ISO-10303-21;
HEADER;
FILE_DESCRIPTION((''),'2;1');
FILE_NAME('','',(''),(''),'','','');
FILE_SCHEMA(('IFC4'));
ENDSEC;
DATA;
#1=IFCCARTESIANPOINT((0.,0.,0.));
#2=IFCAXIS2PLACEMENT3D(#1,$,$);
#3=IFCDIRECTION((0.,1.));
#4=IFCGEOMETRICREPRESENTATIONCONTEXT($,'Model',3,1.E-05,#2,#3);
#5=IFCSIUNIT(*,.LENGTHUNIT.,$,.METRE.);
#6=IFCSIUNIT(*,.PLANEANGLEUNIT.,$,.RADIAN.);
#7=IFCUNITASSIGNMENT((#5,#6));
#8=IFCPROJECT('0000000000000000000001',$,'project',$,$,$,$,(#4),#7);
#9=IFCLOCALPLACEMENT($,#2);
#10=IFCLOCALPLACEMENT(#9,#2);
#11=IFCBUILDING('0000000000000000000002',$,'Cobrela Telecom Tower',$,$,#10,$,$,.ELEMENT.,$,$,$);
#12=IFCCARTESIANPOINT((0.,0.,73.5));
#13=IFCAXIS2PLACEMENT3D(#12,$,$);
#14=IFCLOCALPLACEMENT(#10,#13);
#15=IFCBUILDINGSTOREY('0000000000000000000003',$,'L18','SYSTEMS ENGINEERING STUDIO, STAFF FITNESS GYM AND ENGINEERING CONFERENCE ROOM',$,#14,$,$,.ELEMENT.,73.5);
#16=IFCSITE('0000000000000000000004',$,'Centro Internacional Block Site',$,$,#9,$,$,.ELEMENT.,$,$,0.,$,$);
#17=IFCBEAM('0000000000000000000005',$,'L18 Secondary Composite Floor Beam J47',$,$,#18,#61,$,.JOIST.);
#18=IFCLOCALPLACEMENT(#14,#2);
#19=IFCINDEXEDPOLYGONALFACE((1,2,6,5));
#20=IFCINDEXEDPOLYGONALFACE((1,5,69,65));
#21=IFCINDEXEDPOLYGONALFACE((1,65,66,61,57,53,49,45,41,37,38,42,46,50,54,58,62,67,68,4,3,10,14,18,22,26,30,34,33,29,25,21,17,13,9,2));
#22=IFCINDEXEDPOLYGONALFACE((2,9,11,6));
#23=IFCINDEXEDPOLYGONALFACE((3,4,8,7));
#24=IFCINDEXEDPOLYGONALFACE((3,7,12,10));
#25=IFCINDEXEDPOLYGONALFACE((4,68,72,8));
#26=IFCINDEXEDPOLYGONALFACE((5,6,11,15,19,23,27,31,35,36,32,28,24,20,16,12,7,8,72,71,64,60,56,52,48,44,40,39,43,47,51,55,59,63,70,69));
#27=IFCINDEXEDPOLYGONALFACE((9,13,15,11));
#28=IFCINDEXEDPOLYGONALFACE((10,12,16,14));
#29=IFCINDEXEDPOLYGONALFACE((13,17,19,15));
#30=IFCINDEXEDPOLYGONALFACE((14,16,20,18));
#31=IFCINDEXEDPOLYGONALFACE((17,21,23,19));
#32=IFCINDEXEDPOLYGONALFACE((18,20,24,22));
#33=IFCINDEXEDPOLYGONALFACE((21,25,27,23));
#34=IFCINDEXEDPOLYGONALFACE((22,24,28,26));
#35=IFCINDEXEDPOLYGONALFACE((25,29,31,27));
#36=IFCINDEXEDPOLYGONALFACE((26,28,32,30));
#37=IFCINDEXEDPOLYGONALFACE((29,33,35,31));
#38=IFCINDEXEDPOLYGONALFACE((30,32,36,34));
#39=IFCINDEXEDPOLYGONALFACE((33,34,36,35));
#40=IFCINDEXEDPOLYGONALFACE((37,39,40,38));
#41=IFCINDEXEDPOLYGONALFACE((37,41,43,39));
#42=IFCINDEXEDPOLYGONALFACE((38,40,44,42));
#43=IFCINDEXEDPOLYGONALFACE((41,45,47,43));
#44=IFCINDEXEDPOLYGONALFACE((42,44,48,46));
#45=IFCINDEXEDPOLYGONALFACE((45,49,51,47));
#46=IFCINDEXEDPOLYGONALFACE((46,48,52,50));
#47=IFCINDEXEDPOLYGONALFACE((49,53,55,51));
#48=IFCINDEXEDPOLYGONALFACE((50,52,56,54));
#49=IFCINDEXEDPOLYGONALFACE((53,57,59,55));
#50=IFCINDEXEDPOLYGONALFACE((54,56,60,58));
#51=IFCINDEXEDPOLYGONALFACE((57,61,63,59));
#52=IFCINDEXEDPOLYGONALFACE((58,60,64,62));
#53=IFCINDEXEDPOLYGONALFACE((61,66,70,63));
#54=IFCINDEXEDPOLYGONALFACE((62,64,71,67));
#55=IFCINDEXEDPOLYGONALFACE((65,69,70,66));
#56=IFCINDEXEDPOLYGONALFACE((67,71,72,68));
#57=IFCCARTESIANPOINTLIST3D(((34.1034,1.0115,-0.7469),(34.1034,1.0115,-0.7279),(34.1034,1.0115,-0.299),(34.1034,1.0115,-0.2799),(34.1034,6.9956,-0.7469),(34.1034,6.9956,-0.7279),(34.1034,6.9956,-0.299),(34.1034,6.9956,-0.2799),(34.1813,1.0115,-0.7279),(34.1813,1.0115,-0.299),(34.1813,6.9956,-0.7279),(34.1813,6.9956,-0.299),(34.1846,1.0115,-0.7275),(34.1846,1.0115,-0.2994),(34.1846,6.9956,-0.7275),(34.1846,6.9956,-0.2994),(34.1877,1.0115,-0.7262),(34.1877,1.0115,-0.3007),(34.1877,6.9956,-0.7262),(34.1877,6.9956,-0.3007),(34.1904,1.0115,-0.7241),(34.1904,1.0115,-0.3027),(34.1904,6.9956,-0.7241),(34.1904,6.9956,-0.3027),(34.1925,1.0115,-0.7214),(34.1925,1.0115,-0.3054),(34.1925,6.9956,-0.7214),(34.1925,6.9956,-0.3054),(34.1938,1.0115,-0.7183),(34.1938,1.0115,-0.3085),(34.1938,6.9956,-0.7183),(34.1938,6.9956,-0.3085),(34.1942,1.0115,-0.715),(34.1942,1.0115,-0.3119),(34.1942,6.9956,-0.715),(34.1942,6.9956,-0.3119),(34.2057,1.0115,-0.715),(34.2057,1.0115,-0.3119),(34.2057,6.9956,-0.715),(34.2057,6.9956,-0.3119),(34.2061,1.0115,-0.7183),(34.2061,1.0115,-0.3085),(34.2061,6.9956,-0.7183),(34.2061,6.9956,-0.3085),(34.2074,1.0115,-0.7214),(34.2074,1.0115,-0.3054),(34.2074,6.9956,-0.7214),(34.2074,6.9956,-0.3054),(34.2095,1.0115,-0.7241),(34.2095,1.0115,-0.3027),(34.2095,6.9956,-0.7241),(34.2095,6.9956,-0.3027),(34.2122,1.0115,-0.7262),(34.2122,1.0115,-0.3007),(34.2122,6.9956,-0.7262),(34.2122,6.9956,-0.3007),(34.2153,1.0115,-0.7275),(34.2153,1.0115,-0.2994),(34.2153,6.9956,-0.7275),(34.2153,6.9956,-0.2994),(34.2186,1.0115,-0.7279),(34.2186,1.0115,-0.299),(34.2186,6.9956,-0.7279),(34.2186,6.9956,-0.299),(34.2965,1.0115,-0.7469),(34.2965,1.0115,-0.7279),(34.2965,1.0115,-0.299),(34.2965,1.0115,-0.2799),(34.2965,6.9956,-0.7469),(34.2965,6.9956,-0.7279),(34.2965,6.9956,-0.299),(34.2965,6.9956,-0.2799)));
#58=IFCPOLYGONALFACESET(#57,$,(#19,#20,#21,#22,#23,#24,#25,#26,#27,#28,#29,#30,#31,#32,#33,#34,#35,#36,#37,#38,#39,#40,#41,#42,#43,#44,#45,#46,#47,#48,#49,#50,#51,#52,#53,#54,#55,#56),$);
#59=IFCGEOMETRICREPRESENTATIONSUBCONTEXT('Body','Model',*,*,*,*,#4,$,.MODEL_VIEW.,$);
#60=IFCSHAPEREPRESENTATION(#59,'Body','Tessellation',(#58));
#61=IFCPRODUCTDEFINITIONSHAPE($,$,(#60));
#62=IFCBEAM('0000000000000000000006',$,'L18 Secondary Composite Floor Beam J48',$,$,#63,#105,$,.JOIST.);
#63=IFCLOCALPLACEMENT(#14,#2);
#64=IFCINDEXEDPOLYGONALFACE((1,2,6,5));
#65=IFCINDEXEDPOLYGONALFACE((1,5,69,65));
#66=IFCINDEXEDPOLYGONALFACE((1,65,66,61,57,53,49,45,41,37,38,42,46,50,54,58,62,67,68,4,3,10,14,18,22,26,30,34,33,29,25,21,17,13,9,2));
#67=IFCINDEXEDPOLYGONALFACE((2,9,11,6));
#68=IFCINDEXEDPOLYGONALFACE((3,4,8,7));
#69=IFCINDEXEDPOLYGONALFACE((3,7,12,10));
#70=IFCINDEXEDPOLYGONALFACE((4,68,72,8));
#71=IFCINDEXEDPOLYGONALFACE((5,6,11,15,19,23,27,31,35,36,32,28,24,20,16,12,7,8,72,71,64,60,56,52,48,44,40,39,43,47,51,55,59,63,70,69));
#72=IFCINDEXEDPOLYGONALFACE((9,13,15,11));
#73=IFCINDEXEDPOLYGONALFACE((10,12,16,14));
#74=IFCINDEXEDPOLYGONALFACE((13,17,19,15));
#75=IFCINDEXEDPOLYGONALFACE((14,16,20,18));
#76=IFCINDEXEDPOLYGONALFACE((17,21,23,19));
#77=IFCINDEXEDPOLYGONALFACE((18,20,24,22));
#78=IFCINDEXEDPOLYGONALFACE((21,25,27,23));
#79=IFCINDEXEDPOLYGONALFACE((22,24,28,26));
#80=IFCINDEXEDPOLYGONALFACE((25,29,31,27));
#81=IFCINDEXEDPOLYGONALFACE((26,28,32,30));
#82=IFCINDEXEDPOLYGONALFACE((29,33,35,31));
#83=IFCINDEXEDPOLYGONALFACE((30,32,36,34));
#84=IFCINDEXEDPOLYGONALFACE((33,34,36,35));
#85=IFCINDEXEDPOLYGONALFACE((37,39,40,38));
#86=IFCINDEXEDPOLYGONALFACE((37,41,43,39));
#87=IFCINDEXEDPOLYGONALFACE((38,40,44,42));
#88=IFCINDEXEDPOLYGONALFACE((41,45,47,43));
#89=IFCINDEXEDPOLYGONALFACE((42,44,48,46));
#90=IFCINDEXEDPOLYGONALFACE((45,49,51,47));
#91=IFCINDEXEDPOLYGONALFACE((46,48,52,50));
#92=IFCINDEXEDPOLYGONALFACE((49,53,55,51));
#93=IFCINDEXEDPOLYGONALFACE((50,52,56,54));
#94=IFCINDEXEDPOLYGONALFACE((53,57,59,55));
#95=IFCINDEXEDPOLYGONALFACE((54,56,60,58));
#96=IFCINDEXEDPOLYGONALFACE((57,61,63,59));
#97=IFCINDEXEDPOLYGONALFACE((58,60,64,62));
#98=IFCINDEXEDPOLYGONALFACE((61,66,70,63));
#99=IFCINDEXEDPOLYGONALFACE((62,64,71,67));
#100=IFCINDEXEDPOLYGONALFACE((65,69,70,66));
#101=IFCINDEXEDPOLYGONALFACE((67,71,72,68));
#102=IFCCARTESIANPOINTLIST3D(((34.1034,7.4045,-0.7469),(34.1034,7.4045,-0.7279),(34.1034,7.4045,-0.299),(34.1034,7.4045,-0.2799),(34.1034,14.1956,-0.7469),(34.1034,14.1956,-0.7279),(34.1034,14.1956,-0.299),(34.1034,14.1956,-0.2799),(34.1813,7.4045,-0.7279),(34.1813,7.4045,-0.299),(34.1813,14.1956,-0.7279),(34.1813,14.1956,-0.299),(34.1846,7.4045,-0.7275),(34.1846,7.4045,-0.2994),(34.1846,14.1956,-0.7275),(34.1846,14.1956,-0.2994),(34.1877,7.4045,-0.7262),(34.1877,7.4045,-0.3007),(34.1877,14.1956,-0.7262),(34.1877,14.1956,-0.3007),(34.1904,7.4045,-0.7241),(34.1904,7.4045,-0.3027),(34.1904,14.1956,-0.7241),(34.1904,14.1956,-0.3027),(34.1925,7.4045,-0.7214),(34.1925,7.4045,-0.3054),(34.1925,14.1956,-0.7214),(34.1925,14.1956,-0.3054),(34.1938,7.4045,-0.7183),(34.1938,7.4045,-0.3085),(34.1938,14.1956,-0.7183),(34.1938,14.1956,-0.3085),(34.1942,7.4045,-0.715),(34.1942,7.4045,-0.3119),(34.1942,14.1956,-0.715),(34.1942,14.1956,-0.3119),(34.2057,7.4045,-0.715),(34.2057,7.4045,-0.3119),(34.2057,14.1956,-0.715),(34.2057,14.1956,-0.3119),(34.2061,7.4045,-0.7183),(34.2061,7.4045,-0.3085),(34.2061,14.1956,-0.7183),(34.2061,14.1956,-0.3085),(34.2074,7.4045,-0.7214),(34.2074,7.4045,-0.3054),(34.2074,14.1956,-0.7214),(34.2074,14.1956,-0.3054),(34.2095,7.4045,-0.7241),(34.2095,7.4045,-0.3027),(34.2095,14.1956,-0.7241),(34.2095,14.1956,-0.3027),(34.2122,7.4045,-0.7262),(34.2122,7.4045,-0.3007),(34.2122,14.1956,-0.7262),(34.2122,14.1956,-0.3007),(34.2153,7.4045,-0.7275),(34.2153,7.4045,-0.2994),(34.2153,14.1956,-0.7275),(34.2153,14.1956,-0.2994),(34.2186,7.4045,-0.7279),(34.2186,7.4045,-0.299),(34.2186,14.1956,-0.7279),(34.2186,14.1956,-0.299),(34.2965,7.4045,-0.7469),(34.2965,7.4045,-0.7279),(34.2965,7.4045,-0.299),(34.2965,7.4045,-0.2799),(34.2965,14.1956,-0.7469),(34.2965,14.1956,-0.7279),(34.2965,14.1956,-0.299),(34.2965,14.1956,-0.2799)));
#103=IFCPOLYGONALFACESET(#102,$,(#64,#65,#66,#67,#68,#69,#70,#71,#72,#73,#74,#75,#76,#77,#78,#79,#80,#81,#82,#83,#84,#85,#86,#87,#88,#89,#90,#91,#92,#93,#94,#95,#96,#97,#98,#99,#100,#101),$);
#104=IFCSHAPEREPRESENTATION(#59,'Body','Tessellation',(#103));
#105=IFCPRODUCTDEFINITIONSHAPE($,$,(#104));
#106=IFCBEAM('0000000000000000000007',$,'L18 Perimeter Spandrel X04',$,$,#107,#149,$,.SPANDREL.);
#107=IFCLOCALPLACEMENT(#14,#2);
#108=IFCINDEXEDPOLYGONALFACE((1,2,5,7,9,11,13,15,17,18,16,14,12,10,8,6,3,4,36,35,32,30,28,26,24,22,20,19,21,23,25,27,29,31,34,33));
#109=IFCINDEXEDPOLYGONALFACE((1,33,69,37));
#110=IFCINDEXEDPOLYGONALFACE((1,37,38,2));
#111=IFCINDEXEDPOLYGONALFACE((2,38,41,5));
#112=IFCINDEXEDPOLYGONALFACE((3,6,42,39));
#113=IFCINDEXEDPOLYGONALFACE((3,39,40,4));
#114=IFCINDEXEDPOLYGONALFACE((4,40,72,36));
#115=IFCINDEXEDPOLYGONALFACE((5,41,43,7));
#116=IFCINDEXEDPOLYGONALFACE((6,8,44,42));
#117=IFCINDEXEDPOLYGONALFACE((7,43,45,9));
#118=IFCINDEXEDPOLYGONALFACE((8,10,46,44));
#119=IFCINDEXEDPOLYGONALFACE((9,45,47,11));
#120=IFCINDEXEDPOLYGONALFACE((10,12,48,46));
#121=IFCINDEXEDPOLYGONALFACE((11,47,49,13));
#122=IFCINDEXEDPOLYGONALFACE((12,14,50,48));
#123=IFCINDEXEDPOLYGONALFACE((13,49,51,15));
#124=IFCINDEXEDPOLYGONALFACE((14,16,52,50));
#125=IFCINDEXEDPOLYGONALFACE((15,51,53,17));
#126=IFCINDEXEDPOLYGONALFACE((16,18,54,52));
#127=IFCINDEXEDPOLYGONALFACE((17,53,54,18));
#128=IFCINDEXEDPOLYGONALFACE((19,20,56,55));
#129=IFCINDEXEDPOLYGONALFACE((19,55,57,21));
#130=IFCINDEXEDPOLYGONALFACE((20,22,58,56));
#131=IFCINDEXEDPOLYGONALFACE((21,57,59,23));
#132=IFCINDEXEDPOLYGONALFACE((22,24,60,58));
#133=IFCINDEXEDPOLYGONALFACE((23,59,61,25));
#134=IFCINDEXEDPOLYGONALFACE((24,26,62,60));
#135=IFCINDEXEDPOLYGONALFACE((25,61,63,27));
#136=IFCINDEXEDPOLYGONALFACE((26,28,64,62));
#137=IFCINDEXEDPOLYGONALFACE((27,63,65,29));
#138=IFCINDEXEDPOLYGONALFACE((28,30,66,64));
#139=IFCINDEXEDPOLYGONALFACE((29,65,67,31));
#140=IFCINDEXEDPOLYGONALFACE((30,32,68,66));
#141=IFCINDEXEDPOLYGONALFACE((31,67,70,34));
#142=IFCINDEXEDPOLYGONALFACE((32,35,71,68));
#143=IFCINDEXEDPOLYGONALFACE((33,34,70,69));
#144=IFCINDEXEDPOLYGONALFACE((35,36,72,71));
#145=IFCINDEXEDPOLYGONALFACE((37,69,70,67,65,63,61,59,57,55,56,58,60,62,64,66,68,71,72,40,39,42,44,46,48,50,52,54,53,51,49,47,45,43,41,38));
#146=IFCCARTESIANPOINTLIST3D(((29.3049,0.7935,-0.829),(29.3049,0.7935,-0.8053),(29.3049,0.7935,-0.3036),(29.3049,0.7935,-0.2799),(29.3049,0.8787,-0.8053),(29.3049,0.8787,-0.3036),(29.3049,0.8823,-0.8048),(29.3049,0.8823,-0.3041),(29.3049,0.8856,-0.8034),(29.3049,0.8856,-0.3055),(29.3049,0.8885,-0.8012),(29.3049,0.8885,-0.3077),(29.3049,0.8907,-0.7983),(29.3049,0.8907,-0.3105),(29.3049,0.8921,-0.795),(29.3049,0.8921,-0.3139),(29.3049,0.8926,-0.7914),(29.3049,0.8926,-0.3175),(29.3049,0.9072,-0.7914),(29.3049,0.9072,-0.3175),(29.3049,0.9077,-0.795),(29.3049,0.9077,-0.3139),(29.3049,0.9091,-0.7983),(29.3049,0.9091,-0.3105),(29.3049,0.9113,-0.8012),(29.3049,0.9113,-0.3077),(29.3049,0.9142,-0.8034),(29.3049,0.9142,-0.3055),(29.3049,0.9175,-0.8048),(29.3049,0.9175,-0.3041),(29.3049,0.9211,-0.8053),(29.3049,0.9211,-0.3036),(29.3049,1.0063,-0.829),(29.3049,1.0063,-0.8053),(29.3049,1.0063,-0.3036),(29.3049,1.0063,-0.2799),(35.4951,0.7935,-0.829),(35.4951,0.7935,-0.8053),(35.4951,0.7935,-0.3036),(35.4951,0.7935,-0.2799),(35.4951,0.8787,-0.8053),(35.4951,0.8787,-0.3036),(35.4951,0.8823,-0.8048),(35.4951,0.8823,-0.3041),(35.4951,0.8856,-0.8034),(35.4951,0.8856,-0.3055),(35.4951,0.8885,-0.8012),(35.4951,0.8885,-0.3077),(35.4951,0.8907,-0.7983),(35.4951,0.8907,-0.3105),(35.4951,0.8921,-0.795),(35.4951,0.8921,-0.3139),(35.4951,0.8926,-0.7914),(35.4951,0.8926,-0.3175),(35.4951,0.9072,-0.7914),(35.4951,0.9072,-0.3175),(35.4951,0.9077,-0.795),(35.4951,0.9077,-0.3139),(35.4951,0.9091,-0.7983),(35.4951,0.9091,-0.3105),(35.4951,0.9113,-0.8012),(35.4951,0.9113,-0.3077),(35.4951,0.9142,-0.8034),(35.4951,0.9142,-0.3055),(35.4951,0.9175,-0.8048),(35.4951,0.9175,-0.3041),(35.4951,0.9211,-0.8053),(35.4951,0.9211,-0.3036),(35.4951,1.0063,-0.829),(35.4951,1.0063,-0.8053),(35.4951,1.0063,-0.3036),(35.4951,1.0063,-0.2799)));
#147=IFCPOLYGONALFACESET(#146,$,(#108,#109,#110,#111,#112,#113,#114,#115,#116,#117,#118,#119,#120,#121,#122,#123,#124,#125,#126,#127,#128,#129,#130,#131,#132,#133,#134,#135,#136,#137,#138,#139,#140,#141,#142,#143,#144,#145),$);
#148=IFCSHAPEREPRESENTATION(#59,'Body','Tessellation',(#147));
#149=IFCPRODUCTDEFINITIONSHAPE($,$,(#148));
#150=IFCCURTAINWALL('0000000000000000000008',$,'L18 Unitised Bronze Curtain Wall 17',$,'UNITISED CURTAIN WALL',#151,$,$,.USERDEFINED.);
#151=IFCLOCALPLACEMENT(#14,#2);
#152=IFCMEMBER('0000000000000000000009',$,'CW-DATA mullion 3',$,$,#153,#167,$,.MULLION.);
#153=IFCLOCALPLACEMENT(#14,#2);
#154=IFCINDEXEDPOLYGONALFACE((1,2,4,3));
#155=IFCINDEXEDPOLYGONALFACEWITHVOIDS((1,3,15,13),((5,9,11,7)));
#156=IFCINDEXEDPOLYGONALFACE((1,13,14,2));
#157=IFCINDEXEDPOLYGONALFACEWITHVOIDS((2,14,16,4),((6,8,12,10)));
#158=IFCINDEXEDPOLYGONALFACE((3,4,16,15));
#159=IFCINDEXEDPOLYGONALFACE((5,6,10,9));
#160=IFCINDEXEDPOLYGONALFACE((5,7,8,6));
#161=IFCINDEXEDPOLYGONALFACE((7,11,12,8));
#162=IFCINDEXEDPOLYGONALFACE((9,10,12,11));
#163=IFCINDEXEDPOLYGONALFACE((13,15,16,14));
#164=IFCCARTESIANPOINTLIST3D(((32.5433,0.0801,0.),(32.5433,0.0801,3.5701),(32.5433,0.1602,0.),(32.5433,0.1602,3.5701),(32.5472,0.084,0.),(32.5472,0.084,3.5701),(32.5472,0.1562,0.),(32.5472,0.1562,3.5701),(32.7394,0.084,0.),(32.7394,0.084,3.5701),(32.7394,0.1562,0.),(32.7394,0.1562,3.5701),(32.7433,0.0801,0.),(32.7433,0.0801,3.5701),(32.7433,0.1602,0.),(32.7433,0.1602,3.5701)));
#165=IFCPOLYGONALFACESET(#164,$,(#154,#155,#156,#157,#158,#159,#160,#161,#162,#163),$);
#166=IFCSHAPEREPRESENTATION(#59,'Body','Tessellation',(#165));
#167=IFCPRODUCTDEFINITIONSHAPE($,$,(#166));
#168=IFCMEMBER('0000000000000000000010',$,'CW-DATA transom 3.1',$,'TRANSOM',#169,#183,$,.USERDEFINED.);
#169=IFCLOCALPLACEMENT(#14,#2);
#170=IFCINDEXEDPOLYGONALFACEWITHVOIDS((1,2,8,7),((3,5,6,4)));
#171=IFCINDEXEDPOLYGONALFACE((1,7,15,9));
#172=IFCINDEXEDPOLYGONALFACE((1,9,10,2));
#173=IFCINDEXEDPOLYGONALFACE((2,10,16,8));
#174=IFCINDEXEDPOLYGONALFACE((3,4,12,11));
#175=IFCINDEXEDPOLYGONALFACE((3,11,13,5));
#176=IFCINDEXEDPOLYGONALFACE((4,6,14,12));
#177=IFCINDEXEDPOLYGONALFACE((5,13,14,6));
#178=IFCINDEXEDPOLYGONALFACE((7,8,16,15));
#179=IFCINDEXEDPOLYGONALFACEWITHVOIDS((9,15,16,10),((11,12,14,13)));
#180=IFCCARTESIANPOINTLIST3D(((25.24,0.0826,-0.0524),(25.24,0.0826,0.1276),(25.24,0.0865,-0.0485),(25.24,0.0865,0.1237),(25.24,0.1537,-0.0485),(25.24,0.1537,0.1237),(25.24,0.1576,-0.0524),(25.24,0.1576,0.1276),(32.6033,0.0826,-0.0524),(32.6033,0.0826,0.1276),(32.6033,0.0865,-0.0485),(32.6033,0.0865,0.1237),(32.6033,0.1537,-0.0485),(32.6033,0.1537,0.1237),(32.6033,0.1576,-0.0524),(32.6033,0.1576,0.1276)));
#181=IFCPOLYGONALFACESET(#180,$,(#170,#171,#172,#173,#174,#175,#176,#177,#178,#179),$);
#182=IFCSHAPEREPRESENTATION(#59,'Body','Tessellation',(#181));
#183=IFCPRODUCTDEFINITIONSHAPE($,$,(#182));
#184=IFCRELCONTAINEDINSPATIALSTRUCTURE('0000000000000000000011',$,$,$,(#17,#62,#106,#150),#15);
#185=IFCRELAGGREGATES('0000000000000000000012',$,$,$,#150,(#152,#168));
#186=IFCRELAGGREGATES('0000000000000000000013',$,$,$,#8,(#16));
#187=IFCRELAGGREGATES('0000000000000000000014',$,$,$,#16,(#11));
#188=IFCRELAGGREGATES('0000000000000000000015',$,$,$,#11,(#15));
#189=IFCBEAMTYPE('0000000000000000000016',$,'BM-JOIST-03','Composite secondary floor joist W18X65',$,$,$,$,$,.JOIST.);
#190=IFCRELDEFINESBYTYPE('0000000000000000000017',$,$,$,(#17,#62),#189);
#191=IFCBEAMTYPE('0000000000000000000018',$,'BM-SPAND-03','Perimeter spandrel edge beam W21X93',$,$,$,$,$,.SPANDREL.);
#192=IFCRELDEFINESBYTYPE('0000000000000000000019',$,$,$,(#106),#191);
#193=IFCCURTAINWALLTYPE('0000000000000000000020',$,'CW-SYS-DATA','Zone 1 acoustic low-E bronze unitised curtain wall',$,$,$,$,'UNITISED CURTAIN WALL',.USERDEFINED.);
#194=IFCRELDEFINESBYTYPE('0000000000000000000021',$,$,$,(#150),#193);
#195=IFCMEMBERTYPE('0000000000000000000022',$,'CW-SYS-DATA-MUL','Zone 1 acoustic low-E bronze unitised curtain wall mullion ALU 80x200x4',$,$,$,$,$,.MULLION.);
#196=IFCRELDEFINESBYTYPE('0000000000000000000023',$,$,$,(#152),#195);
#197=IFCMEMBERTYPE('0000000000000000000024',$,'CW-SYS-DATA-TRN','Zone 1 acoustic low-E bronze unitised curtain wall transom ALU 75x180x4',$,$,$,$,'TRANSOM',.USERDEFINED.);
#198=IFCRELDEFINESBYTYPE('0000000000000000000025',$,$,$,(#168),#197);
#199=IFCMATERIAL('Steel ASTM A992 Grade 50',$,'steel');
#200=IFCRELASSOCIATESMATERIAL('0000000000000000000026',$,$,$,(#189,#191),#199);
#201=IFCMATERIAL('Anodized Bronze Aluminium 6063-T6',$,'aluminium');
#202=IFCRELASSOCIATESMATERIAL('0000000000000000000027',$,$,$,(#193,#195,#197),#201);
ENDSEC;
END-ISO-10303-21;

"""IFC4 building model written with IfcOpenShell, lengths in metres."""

from ifc_helpers import new_model, si_unit, direction, frame, origin, origin_2d, place, context, subcontext, project, spatial, hollow_rectangle, i_section, extrude, material, material_profile, profile_set, type_object, element, aggregate, save


model = new_model("IFC4")

# Units and contexts
model_context = context("Model", 3, precision=1e-05, world=origin(), true_north=direction((0.0, 1.0)))
body_context = subcontext(model_context, "Body", "Model", "MODEL_VIEW")
ifc_project = project(units=[si_unit("LENGTHUNIT", "METRE"), si_unit("PLANEANGLEUNIT", "RADIAN")], contexts=[model_context])

# Site, building, storey
site_placement = place(None, origin())
site = spatial("IfcSite", under=ifc_project, at=site_placement, Name="Centro Internacional Block Site", CompositionType="ELEMENT", RefElevation=0.0)
building_placement = place(site_placement, origin())
building = spatial("IfcBuilding", under=site, at=building_placement, Name="Cobrela Telecom Tower", CompositionType="ELEMENT")
storey_placement = place(building_placement, frame((0.0, 0.0, 73.5)))
storey = spatial("IfcBuildingStorey", under=building, at=storey_placement, Name="L18", Description="SYSTEMS ENGINEERING STUDIO, STAFF FITNESS GYM AND ENGINEERING CONFERENCE ROOM", CompositionType="ELEMENT", Elevation=73.5)

# Shared definitions
ifc_material_1 = material(Name="Steel ASTM A992 Grade 50", Category="steel")

# Beams
ifc_material_profile_1 = material_profile(ifc_material_1, i_section(OverallWidth=0.1931, OverallDepth=0.467, WebThickness=0.0115, FlangeThickness=0.019, FilletRadius=0.0129, at=origin_2d()), Name="W18X65")
ifc_profile_set_1 = profile_set([ifc_material_profile_1], Name="Steel ASTM A992 Grade 50")
beam_type_1 = type_object("IfcBeamType", Name="BM-JOIST-03", Description="Composite secondary floor joist W18X65", PredefinedType="JOIST", material=ifc_profile_set_1)
beam_1_placement = place(storey_placement, frame((34.2, 1.0115, -0.5134), z_axis=(0.0, 1.0, 0.0), x_axis=(-1.0, 0.0, 0.0)))
element("IfcBeam", 1, at=beam_1_placement, inside=storey, type_object=beam_type_1, Name="L18 Secondary Composite Floor Beam J47", PredefinedType="JOIST", context=body_context, shape_type="SweptSolid", body=[
    extrude(i_section(OverallWidth=0.1931, OverallDepth=0.467, WebThickness=0.0115, FlangeThickness=0.019, FilletRadius=0.0129, at=origin_2d()), origin(), (0.0, 0.0, 1.0), 5.9841),
])
beam_2_placement = place(storey_placement, frame((34.2, 7.4045, -0.5134), z_axis=(0.0, 1.0, 0.0), x_axis=(-1.0, 0.0, 0.0)))
element("IfcBeam", 2, at=beam_2_placement, inside=storey, type_object=beam_type_1, Name="L18 Secondary Composite Floor Beam J48", PredefinedType="JOIST", context=body_context, shape_type="SweptSolid", body=[
    extrude(i_section(OverallWidth=0.1931, OverallDepth=0.467, WebThickness=0.0115, FlangeThickness=0.019, FilletRadius=0.0129, at=origin_2d()), origin(), (0.0, 0.0, 1.0), 6.791),
])
ifc_material_profile_2 = material_profile(ifc_material_1, i_section(OverallWidth=0.2129, OverallDepth=0.5491, WebThickness=0.0146, FlangeThickness=0.0237, FilletRadius=0.0139, at=origin_2d()), Name="W21X93")
ifc_profile_set_2 = profile_set([ifc_material_profile_2], Name="Steel ASTM A992 Grade 50")
beam_type_2 = type_object("IfcBeamType", Name="BM-SPAND-03", Description="Perimeter spandrel edge beam W21X93", PredefinedType="SPANDREL", material=ifc_profile_set_2)
beam_3_placement = place(storey_placement, frame((29.3049, 0.8999, -0.5544), z_axis=(1.0, 0.0, 0.0), x_axis=(0.0, 1.0, 0.0)))
element("IfcBeam", 3, at=beam_3_placement, inside=storey, type_object=beam_type_2, Name="L18 Perimeter Spandrel X04", PredefinedType="SPANDREL", context=body_context, shape_type="SweptSolid", body=[
    extrude(i_section(OverallWidth=0.2129, OverallDepth=0.5491, WebThickness=0.0146, FlangeThickness=0.0237, FilletRadius=0.0139, at=origin_2d()), origin(), (0.0, 0.0, 1.0), 6.1902),
])

# Curtain wall, members
ifc_material_2 = material(Name="Anodized Bronze Aluminium 6063-T6", Category="aluminium")
curtain_wall_type = type_object("IfcCurtainWallType", Name="CW-SYS-DATA", Description="Zone 1 acoustic low-E bronze unitised curtain wall", ElementType="UNITISED CURTAIN WALL", PredefinedType="USERDEFINED", material=ifc_material_2)
curtain_wall_placement = place(storey_placement, origin())
curtain_wall = element("IfcCurtainWall", 4, at=curtain_wall_placement, inside=storey, type_object=curtain_wall_type, Name="L18 Unitised Bronze Curtain Wall 17", ObjectType="UNITISED CURTAIN WALL", PredefinedType="USERDEFINED")
ifc_material_profile_3 = material_profile(ifc_material_2, hollow_rectangle(XDim=0.0801, YDim=0.2, WallThickness=0.0039, at=origin_2d()), Name="ALU 80x200x4")
ifc_profile_set_3 = profile_set([ifc_material_profile_3], Name="Anodized Bronze Aluminium 6063-T6")
member_type_1 = type_object("IfcMemberType", Name="CW-SYS-DATA-MUL", Description="Zone 1 acoustic low-E bronze unitised curtain wall mullion ALU 80x200x4", PredefinedType="MULLION", material=ifc_profile_set_3)
member_1_placement = place(storey_placement, frame((32.6433, 0.1201, 0.0), z_axis=(0.0, 0.0, 1.0), x_axis=(0.0, -1.0, 0.0)))
member_1 = element("IfcMember", 5, at=member_1_placement, type_object=member_type_1, Name="CW-DATA mullion 3", PredefinedType="MULLION", context=body_context, shape_type="SweptSolid", body=[
    extrude(hollow_rectangle(XDim=0.0801, YDim=0.2, WallThickness=0.0039, at=origin_2d()), origin(), (0.0, 0.0, 1.0), 3.5701),
])
ifc_material_profile_4 = material_profile(ifc_material_2, hollow_rectangle(XDim=0.075, YDim=0.1799, WallThickness=0.0039, at=origin_2d()), Name="ALU 75x180x4")
ifc_profile_set_4 = profile_set([ifc_material_profile_4], Name="Anodized Bronze Aluminium 6063-T6")
member_type_2 = type_object("IfcMemberType", Name="CW-SYS-DATA-TRN", Description="Zone 1 acoustic low-E bronze unitised curtain wall transom ALU 75x180x4", ElementType="TRANSOM", PredefinedType="USERDEFINED", material=ifc_profile_set_4)
member_2_placement = place(storey_placement, frame((32.6033, 0.1201, 0.0376), z_axis=(-1.0, 0.0, 0.0), x_axis=(0.0, -1.0, 0.0)))
member_2 = element("IfcMember", 6, at=member_2_placement, type_object=member_type_2, Name="CW-DATA transom 3.1", ObjectType="TRANSOM", PredefinedType="USERDEFINED", context=body_context, shape_type="SweptSolid", body=[
    extrude(hollow_rectangle(XDim=0.075, YDim=0.1799, WallThickness=0.0039, at=origin_2d()), origin(), (0.0, 0.0, 1.0), 7.3633),
])
aggregate(curtain_wall, [member_1, member_2])

save(model, "model.ifc")
